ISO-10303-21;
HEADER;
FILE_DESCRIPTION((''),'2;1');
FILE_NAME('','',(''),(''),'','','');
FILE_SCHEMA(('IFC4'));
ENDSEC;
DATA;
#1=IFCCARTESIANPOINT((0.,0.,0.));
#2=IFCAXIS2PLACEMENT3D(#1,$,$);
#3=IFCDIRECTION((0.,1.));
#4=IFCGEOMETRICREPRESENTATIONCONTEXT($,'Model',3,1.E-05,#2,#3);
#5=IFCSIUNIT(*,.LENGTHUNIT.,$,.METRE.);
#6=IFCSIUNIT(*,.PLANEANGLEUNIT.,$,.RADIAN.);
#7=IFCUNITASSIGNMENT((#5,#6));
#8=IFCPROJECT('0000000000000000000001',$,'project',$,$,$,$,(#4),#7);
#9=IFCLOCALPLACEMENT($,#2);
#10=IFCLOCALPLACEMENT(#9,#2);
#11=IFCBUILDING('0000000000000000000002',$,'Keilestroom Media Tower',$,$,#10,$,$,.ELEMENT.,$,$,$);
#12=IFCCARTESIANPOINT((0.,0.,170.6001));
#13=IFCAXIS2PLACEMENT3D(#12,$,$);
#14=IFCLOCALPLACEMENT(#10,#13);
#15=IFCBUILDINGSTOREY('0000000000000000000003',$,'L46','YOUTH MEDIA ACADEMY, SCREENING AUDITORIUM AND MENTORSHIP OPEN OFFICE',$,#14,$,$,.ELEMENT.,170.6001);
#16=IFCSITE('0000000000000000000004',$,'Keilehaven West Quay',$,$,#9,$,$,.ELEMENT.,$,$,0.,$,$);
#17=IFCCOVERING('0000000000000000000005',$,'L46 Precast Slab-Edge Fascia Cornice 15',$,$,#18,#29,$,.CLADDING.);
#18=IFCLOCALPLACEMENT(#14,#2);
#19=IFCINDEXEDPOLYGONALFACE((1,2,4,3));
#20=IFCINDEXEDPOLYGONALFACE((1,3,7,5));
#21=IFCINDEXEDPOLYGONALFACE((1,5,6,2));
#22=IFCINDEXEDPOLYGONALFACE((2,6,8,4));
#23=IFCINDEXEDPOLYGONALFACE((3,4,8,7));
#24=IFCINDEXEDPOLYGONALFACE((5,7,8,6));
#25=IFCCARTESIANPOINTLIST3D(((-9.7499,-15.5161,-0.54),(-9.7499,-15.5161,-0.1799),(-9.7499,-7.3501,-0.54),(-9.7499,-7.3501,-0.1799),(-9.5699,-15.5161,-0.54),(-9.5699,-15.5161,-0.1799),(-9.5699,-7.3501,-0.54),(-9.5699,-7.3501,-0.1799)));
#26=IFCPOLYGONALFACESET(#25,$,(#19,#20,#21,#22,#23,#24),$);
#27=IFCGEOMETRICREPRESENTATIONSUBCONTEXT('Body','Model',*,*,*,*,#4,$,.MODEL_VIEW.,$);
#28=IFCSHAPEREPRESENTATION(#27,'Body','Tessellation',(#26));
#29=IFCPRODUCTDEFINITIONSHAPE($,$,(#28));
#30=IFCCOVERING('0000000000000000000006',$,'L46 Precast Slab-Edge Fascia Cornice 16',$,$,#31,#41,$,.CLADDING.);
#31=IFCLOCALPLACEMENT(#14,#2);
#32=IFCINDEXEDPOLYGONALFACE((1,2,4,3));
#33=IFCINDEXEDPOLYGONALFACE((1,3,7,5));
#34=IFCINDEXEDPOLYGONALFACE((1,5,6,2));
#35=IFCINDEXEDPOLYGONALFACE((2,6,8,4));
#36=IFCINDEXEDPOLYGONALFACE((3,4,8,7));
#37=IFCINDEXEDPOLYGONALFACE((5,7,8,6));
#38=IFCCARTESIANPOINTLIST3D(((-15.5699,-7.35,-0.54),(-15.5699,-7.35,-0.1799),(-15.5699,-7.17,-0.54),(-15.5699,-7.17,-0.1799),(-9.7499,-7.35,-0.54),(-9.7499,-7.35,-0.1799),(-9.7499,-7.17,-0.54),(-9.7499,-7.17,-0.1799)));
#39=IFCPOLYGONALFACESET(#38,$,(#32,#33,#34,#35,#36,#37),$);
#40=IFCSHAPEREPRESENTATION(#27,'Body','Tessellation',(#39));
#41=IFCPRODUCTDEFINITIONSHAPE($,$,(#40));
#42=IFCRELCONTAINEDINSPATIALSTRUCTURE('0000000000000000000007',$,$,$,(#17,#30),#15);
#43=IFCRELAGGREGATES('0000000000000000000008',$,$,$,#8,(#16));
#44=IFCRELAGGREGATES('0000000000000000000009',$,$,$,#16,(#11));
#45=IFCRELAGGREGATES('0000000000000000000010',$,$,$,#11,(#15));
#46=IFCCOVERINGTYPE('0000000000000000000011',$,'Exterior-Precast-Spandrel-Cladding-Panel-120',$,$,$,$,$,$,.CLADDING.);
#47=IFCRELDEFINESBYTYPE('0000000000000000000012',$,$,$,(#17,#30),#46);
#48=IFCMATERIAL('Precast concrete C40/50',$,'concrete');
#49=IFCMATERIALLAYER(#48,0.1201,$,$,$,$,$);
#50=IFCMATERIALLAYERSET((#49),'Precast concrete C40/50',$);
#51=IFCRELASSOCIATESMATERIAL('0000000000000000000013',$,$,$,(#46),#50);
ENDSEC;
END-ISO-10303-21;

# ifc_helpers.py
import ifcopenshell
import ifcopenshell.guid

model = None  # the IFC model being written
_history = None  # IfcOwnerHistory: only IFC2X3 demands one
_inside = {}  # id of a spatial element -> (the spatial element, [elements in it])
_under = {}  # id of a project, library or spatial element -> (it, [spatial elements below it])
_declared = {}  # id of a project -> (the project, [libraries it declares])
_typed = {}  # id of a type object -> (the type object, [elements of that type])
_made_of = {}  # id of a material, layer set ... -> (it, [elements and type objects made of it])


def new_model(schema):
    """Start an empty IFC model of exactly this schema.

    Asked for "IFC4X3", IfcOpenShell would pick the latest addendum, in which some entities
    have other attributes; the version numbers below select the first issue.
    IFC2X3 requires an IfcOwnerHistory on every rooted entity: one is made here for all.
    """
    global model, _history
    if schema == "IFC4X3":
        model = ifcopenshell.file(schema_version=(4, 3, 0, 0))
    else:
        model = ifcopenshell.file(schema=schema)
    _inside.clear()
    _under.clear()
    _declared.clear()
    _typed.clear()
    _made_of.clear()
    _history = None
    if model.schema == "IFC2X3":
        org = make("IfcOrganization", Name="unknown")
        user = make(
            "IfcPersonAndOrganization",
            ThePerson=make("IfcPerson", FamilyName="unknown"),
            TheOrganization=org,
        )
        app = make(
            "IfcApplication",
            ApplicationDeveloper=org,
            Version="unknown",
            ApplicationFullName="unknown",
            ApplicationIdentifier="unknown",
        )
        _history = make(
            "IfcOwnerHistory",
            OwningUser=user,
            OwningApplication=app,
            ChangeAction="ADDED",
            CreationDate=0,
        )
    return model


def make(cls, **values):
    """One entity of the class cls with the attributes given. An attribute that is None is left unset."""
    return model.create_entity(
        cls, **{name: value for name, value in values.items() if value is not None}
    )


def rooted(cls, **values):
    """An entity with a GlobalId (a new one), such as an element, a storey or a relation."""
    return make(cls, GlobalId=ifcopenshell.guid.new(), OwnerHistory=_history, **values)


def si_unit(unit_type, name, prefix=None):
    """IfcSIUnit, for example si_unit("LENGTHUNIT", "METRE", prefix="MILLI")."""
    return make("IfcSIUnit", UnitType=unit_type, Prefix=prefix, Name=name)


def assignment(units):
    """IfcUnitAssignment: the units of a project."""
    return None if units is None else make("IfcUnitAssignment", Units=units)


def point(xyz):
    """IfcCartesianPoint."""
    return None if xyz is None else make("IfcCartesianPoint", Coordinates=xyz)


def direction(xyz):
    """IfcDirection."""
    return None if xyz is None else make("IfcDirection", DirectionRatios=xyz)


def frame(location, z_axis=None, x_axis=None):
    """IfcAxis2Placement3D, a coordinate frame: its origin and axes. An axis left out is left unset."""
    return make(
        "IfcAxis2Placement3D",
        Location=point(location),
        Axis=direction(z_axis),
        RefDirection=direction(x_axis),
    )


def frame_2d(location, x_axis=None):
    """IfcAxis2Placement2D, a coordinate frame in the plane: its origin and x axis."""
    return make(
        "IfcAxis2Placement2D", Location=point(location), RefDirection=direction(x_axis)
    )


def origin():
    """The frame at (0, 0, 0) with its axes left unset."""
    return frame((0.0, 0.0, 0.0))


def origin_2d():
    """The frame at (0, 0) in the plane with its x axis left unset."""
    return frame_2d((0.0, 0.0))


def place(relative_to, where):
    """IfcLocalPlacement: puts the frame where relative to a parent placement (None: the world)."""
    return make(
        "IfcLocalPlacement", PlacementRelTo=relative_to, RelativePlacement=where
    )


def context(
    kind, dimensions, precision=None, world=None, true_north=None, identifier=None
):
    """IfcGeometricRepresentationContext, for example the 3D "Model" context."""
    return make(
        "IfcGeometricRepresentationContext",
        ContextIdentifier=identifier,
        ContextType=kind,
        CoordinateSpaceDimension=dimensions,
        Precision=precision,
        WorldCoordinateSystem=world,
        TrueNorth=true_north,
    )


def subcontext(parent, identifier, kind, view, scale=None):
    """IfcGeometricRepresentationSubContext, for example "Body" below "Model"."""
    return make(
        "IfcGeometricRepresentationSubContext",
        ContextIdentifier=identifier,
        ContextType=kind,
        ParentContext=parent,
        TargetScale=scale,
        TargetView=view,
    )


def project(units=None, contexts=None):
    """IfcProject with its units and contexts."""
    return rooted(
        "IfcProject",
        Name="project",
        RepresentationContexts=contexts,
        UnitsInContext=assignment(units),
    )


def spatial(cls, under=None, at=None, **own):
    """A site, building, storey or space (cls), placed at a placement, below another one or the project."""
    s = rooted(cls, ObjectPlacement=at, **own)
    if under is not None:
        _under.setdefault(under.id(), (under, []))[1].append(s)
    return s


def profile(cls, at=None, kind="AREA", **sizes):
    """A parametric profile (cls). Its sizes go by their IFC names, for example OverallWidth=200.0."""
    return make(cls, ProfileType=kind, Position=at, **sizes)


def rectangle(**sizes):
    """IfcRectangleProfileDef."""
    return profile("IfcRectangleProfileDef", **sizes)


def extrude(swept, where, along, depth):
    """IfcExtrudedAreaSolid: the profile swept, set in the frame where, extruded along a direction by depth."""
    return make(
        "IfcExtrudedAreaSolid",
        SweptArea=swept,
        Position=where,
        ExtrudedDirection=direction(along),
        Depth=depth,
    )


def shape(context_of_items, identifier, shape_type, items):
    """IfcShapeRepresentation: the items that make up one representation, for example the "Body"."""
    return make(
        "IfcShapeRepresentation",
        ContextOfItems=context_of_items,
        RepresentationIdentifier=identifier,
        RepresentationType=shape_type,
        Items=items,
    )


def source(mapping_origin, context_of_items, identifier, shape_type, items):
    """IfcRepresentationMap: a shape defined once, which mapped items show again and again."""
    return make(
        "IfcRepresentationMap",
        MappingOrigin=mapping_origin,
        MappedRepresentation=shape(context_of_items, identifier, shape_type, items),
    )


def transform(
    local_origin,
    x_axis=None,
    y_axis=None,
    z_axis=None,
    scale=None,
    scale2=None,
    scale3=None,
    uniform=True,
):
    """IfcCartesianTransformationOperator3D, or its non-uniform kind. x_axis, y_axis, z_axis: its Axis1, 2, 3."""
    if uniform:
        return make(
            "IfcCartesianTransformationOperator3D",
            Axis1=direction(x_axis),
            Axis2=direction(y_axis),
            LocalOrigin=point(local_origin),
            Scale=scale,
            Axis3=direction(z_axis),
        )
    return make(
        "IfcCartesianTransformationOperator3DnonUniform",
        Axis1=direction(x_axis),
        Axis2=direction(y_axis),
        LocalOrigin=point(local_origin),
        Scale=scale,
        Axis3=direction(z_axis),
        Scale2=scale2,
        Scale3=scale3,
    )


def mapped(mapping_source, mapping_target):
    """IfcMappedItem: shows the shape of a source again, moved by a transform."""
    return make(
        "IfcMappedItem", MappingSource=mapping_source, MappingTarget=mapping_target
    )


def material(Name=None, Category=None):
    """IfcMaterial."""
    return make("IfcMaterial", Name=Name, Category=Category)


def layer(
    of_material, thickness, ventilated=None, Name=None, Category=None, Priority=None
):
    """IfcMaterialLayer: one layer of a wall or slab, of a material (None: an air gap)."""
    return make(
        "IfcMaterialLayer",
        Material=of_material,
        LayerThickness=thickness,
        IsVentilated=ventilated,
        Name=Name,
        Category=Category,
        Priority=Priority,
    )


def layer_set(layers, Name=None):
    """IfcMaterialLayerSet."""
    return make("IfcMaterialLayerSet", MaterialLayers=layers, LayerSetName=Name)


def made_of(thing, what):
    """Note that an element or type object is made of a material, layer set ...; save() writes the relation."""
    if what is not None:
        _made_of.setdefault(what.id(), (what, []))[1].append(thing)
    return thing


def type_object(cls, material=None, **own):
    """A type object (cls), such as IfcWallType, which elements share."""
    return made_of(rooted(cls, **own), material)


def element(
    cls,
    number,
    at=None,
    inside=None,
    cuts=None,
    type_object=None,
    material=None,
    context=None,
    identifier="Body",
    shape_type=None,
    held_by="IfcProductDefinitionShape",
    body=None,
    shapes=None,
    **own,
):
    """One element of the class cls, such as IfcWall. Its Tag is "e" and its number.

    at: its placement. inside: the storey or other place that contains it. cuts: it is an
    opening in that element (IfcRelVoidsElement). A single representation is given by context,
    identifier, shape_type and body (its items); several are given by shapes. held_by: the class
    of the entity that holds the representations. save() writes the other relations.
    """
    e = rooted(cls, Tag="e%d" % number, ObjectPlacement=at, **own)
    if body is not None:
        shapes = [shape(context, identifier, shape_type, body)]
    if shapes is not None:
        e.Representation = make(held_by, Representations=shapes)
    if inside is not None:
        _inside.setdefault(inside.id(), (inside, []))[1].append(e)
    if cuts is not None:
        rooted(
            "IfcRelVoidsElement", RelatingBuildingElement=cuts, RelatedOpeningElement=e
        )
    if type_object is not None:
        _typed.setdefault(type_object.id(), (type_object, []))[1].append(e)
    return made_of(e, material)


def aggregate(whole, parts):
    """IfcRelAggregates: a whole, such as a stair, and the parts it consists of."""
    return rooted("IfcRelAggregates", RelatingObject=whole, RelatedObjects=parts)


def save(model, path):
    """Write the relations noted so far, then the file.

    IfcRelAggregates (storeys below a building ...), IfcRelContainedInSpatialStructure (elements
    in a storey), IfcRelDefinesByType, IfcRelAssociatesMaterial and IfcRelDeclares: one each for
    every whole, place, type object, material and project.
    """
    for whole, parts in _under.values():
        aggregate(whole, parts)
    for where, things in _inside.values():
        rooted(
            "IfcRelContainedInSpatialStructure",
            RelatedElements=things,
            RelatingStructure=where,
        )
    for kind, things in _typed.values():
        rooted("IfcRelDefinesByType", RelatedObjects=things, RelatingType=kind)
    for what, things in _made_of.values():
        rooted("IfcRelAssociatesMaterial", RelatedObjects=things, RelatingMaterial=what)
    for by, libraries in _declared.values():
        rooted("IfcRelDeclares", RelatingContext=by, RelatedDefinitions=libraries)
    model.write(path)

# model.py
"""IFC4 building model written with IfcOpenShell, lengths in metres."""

from ifc_helpers import new_model, si_unit, direction, frame, origin, origin_2d, place, context, subcontext, project, spatial, rectangle, extrude, source, transform, mapped, material, layer, layer_set, type_object, element, save


model = new_model("IFC4")

# Units and contexts
model_context = context("Model", 3, precision=1e-05, world=origin(), true_north=direction((0.0, 1.0)))
body_context = subcontext(model_context, "Body", "Model", "MODEL_VIEW")
ifc_project = project(units=[si_unit("LENGTHUNIT", "METRE"), si_unit("PLANEANGLEUNIT", "RADIAN")], contexts=[model_context])

# Site, building, storey
site_placement = place(None, origin())
site = spatial("IfcSite", under=ifc_project, at=site_placement, Name="Keilehaven West Quay", CompositionType="ELEMENT", RefElevation=0.0)
building_placement = place(site_placement, origin())
building = spatial("IfcBuilding", under=site, at=building_placement, Name="Keilestroom Media Tower", CompositionType="ELEMENT")
storey_placement = place(building_placement, frame((0.0, 0.0, 170.6001)))
storey = spatial("IfcBuildingStorey", under=building, at=storey_placement, Name="L46", Description="YOUTH MEDIA ACADEMY, SCREENING AUDITORIUM AND MENTORSHIP OPEN OFFICE", CompositionType="ELEMENT", Elevation=170.6001)

# Shared definitions
ifc_material_1 = material(Name="Precast concrete C40/50", Category="concrete")

# Coverings
ifc_layer_1 = layer(ifc_material_1, 0.1201)
ifc_layer_set_1 = layer_set([ifc_layer_1], Name="Precast concrete C40/50")
covering_type = type_object("IfcCoveringType", Name="Exterior-Precast-Spandrel-Cladding-Panel-120", PredefinedType="CLADDING", material=ifc_layer_set_1)
shared_shape_1 = source(origin(), body_context, "Body", "SweptSolid", [
    extrude(rectangle(XDim=8.166, YDim=0.1799, at=origin_2d()), origin(), (0.0, 0.0, 1.0), 0.3601),
])
covering_1_placement = place(storey_placement, frame((-9.6599, -11.4331, -0.54), z_axis=(0.0, 0.0, 1.0), x_axis=(0.0, 1.0, 0.0)))
element("IfcCovering", 1, at=covering_1_placement, inside=storey, type_object=covering_type, Name="L46 Precast Slab-Edge Fascia Cornice 15", PredefinedType="CLADDING", context=body_context, shape_type="MappedRepresentation", body=[
    mapped(shared_shape_1, transform((0.0, 0.0, 0.0), x_axis=(1.0, 0.0, 0.0), y_axis=(0.0, 1.0, 0.0), z_axis=(0.0, 0.0, 1.0), scale=1.0)),
])
shared_shape_2 = source(origin(), body_context, "Body", "SweptSolid", [
    extrude(rectangle(XDim=5.8201, YDim=0.1799, at=origin_2d()), origin(), (0.0, 0.0, 1.0), 0.3601),
])
covering_2_placement = place(storey_placement, frame((-12.6599, -7.26, -0.54), z_axis=(0.0, 0.0, 1.0), x_axis=(-1.0, 0.0, 0.0)))
element("IfcCovering", 2, at=covering_2_placement, inside=storey, type_object=covering_type, Name="L46 Precast Slab-Edge Fascia Cornice 16", PredefinedType="CLADDING", context=body_context, shape_type="MappedRepresentation", body=[
    mapped(shared_shape_2, transform((0.0, 0.0, 0.0), x_axis=(1.0, 0.0, 0.0), y_axis=(0.0, 1.0, 0.0), z_axis=(0.0, 0.0, 1.0), scale=1.0)),
])

save(model, "model.ifc")
